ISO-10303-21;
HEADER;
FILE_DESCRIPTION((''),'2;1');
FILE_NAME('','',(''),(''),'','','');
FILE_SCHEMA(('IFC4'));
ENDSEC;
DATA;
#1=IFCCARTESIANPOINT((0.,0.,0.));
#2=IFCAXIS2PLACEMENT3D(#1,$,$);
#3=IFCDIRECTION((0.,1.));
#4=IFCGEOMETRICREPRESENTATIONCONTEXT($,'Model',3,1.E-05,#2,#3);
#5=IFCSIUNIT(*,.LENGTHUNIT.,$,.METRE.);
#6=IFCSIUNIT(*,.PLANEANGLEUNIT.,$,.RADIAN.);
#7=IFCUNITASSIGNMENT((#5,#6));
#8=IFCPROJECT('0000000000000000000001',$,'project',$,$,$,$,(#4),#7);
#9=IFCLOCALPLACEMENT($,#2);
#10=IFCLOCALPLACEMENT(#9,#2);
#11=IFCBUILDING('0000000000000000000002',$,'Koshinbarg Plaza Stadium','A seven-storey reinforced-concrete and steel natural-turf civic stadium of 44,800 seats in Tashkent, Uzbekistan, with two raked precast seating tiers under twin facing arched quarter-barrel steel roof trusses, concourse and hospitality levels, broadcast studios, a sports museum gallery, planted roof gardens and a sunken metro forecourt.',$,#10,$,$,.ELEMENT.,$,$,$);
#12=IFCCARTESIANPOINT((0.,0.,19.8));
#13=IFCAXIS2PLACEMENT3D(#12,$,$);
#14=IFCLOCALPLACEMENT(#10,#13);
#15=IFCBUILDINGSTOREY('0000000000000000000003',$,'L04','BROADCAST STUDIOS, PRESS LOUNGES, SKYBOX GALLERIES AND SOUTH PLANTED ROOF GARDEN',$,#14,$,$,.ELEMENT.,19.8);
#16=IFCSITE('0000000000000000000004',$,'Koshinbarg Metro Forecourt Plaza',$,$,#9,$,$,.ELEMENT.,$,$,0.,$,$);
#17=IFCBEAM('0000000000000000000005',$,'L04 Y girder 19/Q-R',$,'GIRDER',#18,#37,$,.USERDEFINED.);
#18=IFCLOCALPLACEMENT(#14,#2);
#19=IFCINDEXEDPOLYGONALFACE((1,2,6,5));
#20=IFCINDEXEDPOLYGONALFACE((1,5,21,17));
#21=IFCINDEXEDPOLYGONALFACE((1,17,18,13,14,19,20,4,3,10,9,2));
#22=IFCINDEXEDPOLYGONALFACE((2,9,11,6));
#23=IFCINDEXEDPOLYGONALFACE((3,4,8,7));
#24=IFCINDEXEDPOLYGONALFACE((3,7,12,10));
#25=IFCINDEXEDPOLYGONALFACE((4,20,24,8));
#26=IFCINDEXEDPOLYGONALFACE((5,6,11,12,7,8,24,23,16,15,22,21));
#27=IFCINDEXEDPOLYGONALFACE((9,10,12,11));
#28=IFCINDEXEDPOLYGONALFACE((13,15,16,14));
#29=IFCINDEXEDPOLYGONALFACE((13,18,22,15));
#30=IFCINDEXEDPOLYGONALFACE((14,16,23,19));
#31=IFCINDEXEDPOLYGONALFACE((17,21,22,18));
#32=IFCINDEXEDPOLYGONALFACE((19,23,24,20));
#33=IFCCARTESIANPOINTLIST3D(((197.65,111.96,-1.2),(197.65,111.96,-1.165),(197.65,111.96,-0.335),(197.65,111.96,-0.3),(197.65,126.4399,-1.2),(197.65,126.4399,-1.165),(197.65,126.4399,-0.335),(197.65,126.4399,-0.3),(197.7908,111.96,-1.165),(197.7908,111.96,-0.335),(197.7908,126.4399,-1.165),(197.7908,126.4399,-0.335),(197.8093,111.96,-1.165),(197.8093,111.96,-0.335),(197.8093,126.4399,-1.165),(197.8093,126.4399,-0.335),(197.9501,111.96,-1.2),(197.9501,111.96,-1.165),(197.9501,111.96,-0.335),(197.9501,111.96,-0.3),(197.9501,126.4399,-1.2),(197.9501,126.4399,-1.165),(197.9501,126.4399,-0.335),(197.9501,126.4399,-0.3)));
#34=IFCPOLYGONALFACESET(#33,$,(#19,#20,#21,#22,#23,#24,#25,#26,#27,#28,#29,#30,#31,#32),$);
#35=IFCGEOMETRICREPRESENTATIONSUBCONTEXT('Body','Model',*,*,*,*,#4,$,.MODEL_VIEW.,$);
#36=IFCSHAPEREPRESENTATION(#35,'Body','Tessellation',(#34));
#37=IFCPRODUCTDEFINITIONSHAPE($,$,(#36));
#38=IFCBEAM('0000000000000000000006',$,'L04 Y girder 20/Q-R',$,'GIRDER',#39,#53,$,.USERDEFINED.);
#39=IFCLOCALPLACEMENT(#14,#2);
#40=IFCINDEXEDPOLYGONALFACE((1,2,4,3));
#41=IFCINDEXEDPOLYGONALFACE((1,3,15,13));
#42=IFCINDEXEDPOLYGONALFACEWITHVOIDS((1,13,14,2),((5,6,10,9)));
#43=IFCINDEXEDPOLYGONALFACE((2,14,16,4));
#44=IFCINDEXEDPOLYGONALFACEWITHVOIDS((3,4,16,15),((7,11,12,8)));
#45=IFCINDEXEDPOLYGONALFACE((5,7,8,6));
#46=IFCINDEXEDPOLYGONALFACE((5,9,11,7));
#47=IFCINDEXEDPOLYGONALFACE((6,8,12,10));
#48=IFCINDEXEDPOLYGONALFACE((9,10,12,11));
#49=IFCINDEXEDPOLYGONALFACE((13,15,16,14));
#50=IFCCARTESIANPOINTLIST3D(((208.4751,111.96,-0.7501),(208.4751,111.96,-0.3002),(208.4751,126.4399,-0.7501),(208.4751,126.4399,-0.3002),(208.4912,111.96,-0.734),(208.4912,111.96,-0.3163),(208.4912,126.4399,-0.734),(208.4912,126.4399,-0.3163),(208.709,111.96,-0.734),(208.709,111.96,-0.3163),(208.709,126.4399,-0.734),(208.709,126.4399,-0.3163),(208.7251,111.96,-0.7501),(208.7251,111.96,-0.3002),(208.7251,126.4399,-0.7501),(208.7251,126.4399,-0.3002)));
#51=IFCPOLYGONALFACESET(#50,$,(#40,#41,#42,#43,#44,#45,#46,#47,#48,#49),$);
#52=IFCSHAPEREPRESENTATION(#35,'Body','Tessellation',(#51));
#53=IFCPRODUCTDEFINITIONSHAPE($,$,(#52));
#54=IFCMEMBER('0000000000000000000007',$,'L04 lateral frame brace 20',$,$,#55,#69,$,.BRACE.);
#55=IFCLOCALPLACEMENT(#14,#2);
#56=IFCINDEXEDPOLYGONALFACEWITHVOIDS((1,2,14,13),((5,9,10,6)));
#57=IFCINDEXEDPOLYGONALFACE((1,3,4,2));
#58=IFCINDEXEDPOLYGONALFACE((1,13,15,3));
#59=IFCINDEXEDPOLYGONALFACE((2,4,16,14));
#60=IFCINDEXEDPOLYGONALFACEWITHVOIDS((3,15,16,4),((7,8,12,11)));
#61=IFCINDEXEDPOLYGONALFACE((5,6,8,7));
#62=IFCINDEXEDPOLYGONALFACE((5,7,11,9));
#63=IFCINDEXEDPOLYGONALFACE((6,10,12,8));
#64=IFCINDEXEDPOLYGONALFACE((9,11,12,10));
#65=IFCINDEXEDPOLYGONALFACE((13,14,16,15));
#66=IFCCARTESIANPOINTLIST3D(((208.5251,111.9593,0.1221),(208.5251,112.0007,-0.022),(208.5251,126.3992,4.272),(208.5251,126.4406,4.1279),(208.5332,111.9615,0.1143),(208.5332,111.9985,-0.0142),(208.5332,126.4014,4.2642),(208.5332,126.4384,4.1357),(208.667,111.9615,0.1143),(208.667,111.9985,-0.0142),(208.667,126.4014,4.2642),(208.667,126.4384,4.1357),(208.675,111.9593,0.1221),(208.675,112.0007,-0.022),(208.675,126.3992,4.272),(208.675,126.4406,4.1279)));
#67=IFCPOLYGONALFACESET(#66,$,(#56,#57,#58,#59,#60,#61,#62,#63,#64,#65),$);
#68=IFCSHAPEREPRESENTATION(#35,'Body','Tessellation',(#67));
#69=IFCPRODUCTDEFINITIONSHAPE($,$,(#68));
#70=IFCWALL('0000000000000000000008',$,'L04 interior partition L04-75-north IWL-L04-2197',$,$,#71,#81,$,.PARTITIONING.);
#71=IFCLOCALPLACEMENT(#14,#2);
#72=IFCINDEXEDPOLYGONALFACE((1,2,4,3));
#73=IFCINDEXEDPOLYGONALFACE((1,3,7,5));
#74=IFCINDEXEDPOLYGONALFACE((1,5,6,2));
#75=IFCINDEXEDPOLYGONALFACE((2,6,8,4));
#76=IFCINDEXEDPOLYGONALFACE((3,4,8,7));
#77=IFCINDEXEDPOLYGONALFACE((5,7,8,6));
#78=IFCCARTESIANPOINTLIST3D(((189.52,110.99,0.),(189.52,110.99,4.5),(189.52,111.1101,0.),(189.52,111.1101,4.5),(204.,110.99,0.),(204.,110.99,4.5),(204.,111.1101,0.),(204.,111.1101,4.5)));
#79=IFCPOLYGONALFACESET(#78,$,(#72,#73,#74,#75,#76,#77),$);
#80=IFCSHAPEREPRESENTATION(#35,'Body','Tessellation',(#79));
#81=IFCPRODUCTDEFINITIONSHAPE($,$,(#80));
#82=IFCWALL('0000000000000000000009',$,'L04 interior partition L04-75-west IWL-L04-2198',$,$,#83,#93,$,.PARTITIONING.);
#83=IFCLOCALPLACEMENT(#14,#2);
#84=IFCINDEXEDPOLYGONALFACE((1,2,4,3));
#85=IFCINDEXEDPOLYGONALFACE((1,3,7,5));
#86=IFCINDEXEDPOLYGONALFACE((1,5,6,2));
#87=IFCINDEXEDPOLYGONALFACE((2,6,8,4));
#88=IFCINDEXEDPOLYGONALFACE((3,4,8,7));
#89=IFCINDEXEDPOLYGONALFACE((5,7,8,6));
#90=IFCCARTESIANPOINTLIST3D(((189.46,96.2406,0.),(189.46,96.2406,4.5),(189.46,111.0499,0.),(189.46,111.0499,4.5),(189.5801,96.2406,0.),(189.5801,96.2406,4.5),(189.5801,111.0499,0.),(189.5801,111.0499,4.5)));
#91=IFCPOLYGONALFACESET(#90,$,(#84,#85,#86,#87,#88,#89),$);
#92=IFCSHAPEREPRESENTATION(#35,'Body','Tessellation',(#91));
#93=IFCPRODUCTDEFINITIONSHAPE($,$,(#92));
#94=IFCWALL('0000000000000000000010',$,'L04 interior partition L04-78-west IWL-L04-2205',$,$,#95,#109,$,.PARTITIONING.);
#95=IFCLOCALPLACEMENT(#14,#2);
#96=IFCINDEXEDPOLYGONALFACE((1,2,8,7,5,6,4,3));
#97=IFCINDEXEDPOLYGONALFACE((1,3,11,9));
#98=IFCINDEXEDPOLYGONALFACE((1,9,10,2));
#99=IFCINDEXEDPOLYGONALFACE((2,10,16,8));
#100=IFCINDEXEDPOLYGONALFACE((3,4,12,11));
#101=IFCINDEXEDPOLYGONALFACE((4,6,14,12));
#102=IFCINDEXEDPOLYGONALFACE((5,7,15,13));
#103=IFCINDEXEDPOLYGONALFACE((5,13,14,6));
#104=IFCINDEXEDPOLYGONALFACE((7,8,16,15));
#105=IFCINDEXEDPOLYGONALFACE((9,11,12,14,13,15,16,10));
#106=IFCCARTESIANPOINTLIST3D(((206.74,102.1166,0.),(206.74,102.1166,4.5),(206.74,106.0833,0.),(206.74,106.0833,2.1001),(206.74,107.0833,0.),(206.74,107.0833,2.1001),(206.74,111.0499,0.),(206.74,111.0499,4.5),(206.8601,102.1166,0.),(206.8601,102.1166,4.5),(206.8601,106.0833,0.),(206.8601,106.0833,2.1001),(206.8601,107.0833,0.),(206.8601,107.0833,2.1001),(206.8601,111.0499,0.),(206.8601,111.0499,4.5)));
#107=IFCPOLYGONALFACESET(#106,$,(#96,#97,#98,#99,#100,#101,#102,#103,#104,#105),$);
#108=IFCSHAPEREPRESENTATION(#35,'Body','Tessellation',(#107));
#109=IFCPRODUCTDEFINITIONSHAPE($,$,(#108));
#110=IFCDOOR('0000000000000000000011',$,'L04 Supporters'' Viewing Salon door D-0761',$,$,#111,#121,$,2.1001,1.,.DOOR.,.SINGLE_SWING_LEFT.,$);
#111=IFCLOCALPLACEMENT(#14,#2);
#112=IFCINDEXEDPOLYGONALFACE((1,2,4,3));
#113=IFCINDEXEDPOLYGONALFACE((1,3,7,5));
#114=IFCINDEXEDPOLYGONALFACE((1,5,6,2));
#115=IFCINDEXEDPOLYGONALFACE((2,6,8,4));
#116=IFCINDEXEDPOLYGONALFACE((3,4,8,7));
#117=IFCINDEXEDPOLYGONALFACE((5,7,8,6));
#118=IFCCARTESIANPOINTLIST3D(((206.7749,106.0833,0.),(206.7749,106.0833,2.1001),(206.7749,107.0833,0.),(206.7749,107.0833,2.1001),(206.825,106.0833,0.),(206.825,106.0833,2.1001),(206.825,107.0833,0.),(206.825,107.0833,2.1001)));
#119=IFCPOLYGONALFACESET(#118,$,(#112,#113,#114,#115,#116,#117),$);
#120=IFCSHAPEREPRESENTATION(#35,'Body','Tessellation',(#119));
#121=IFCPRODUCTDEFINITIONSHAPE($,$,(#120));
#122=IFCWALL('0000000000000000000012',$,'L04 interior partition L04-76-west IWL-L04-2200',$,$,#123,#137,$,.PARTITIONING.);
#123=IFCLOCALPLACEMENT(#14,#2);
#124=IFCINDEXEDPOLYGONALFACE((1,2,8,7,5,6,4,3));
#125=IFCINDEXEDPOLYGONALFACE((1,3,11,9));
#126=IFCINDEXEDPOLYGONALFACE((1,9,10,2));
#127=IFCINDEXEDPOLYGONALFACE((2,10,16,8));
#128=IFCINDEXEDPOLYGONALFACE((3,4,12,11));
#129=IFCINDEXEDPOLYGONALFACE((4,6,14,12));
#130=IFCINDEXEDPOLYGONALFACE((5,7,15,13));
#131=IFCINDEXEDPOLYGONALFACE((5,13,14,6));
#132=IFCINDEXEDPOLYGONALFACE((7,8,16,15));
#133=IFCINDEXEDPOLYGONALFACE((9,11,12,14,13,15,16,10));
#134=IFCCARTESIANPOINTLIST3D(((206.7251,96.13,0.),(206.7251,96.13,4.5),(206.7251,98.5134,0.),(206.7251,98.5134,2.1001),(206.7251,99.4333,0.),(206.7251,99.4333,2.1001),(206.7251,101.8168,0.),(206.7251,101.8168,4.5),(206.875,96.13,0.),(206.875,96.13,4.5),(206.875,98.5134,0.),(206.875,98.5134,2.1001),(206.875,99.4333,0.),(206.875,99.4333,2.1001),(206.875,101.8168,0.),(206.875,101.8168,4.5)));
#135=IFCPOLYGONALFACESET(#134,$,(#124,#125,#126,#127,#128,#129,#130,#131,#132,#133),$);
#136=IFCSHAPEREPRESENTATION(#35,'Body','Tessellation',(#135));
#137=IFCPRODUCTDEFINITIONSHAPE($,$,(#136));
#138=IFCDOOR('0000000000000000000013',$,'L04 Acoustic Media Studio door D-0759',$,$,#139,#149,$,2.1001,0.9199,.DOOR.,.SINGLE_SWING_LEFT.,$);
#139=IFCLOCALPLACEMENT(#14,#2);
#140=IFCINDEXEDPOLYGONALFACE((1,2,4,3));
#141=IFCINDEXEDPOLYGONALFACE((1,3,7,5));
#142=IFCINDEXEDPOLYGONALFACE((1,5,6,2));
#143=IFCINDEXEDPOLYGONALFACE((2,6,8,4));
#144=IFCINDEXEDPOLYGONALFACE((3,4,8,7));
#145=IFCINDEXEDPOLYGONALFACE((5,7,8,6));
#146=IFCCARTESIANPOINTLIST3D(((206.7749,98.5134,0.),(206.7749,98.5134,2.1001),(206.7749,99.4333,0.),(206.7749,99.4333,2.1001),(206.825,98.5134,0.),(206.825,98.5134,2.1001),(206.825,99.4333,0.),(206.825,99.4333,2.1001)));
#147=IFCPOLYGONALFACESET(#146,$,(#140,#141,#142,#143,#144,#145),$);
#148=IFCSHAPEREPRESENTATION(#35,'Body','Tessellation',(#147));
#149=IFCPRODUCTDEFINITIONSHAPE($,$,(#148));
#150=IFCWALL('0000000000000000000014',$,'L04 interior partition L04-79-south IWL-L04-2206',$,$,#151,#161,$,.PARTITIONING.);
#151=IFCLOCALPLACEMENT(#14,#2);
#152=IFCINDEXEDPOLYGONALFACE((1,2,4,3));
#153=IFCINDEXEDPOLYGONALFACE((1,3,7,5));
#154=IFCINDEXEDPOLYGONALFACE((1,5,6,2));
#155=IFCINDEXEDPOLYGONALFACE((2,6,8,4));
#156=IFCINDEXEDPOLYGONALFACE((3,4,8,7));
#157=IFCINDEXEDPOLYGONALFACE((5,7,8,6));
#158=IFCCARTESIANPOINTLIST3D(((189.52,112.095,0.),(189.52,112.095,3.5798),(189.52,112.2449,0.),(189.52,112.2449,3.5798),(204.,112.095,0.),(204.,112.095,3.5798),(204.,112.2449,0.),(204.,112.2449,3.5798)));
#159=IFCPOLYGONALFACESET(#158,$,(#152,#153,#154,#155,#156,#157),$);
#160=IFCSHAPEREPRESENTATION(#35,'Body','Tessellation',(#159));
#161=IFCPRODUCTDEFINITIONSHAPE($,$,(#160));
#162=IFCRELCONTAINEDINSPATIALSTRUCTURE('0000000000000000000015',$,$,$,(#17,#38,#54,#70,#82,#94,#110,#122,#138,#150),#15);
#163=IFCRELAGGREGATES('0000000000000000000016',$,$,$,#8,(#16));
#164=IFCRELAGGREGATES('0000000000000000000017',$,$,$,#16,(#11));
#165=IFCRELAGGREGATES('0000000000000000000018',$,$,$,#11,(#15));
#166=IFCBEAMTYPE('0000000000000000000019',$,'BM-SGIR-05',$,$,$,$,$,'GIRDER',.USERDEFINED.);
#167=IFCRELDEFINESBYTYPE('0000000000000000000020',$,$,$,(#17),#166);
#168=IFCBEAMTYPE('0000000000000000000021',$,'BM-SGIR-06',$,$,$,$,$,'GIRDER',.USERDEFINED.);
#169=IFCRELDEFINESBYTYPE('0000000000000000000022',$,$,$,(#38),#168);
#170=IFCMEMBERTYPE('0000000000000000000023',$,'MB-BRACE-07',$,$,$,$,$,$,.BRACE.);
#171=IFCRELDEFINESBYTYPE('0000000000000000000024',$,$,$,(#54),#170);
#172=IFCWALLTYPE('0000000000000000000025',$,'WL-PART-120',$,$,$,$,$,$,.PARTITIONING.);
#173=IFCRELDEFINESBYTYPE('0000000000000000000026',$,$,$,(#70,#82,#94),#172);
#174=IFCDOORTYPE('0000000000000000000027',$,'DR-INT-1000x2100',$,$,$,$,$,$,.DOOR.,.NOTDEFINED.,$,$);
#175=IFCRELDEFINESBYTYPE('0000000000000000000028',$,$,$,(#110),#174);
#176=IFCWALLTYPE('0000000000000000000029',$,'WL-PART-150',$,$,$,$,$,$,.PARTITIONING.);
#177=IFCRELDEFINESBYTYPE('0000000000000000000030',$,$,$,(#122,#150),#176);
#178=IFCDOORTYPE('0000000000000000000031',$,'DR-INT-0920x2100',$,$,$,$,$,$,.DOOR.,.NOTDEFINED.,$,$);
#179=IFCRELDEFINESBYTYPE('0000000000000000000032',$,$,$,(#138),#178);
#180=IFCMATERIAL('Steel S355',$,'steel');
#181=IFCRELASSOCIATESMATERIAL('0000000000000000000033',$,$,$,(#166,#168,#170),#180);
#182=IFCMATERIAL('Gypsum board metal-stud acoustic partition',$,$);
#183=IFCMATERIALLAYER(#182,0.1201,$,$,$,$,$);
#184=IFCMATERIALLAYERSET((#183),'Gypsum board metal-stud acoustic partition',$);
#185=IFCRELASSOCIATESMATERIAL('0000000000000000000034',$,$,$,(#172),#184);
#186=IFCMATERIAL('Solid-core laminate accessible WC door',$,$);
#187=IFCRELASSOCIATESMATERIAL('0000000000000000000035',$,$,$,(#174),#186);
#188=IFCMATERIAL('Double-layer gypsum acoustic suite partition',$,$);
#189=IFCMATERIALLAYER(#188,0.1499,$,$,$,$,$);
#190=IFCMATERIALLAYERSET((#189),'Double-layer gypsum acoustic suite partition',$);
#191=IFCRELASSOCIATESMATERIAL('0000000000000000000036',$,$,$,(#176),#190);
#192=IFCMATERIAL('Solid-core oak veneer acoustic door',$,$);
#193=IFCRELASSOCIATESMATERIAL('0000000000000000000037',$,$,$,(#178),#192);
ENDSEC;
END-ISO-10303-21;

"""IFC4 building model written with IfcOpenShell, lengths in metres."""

from ifc_helpers import new_model, si_unit, direction, frame, frame_2d, origin, origin_2d, place, context, subcontext, project, spatial, rectangle, hollow_rectangle, i_section, extrude, material, layer, layer_set, material_profile, profile_set, type_object, element, fill, save


model = new_model("IFC4")

# Units and contexts
model_context = context("Model", 3, precision=1e-05, world=origin(), true_north=direction((0.0, 1.0)))
body_context = subcontext(model_context, "Body", "Model", "MODEL_VIEW")
ifc_project = project(units=[si_unit("LENGTHUNIT", "METRE"), si_unit("PLANEANGLEUNIT", "RADIAN")], contexts=[model_context])

# Site, building, storey
site_placement = place(None, origin())
site = spatial("IfcSite", under=ifc_project, at=site_placement, Name="Koshinbarg Metro Forecourt Plaza", CompositionType="ELEMENT", RefElevation=0.0)
building_placement = place(site_placement, origin())
building = spatial("IfcBuilding", under=site, at=building_placement, Name="Koshinbarg Plaza Stadium", Description="A seven-storey reinforced-concrete and steel natural-turf civic stadium of 44,800 seats in Tashkent, Uzbekistan, with two raked precast seating tiers under twin facing arched quarter-barrel steel roof trusses, concourse and hospitality levels, broadcast studios, a sports museum gallery, planted roof gardens and a sunken metro forecourt.", CompositionType="ELEMENT")
storey_placement = place(building_placement, frame((0.0, 0.0, 19.8)))
storey = spatial("IfcBuildingStorey", under=building, at=storey_placement, Name="L04", Description="BROADCAST STUDIOS, PRESS LOUNGES, SKYBOX GALLERIES AND SOUTH PLANTED ROOF GARDEN", CompositionType="ELEMENT", Elevation=19.8)

# Shared definitions
ifc_material_1 = material(Name="Steel S355", Category="steel")

# Beams
ifc_material_profile_1 = material_profile(ifc_material_1, i_section(OverallWidth=0.3, OverallDepth=0.8999, WebThickness=0.0186, FlangeThickness=0.0349, at=origin_2d()), Name="HEB 900")
ifc_profile_set_1 = profile_set([ifc_material_profile_1], Name="Steel S355")
beam_type_1 = type_object("IfcBeamType", Name="BM-SGIR-05", ElementType="GIRDER", PredefinedType="USERDEFINED", material=ifc_profile_set_1)
beam_1_placement = place(storey_placement, frame((197.8, 111.96, -0.75), z_axis=(0.0, 1.0, 0.0), x_axis=(-1.0, 0.0, 0.0)))
element("IfcBeam", 1, at=beam_1_placement, inside=storey, type_object=beam_type_1, Name="L04 Y girder 19/Q-R", ObjectType="GIRDER", PredefinedType="USERDEFINED", context=body_context, shape_type="SweptSolid", body=[
    extrude(i_section(OverallWidth=0.3, OverallDepth=0.8999, WebThickness=0.0186, FlangeThickness=0.0349, at=origin_2d()), origin(), (0.0, 0.0, 1.0), 14.48),
])
ifc_material_profile_2 = material_profile(ifc_material_1, hollow_rectangle(XDim=0.25, YDim=0.45, WallThickness=0.0161, at=origin_2d()), Name="RHS 450x250x16")
ifc_profile_set_2 = profile_set([ifc_material_profile_2], Name="Steel S355")
beam_type_2 = type_object("IfcBeamType", Name="BM-SGIR-06", ElementType="GIRDER", PredefinedType="USERDEFINED", material=ifc_profile_set_2)
beam_2_placement = place(storey_placement, frame((208.6001, 111.96, -0.5251), z_axis=(0.0, 1.0, 0.0), x_axis=(-1.0, 0.0, 0.0)))
element("IfcBeam", 2, at=beam_2_placement, inside=storey, type_object=beam_type_2, Name="L04 Y girder 20/Q-R", ObjectType="GIRDER", PredefinedType="USERDEFINED", context=body_context, shape_type="SweptSolid", body=[
    extrude(hollow_rectangle(XDim=0.25, YDim=0.45, WallThickness=0.0161, at=origin_2d()), origin(), (0.0, 0.0, 1.0), 14.48),
])

# Member
ifc_material_profile_3 = material_profile(ifc_material_1, hollow_rectangle(XDim=0.1499, YDim=0.1499, WallThickness=0.0081, at=origin_2d()), Name="SHS 150x150x8")
ifc_profile_set_3 = profile_set([ifc_material_profile_3], Name="Steel S355")
member_type = type_object("IfcMemberType", Name="MB-BRACE-07", PredefinedType="BRACE", material=ifc_profile_set_3)
member_placement = place(storey_placement, frame((208.6001, 111.98, 0.05), z_axis=(0.0, 0.961097, 0.27621), x_axis=(-1.0, 0.0, 0.0)))
element("IfcMember", 3, at=member_placement, inside=storey, type_object=member_type, Name="L04 lateral frame brace 20", PredefinedType="BRACE", context=body_context, shape_type="SweptSolid", body=[
    extrude(hollow_rectangle(XDim=0.1499, YDim=0.1499, WallThickness=0.0081, at=origin_2d()), origin(), (0.0, 0.0, 1.0), 15.0244),
])

# Walls
ifc_material_2 = material(Name="Gypsum board metal-stud acoustic partition")
ifc_layer_1 = layer(ifc_material_2, 0.1201)
ifc_layer_set_1 = layer_set([ifc_layer_1], Name="Gypsum board metal-stud acoustic partition")
wall_type_1 = type_object("IfcWallType", Name="WL-PART-120", PredefinedType="PARTITIONING", material=ifc_layer_set_1)
wall_1_placement = place(storey_placement, frame((204.0, 111.05, 0.0), z_axis=(0.0, 0.0, 1.0), x_axis=(-1.0, 0.0, 0.0)))
element("IfcWall", 4, at=wall_1_placement, inside=storey, type_object=wall_type_1, Name="L04 interior partition L04-75-north IWL-L04-2197", PredefinedType="PARTITIONING", context=body_context, shape_type="SweptSolid", body=[
    extrude(rectangle(XDim=14.48, YDim=0.1201, at=frame_2d((7.24, 0.0))), origin(), (0.0, 0.0, 1.0), 4.5),
])
wall_2_placement = place(storey_placement, frame((189.52, 111.05, 0.0), z_axis=(0.0, 0.0, 1.0), x_axis=(0.0, -1.0, 0.0)))
element("IfcWall", 5, at=wall_2_placement, inside=storey, type_object=wall_type_1, Name="L04 interior partition L04-75-west IWL-L04-2198", PredefinedType="PARTITIONING", context=body_context, shape_type="SweptSolid", body=[
    extrude(rectangle(XDim=14.8093, YDim=0.1201, at=frame_2d((7.4048, 0.0))), origin(), (0.0, 0.0, 1.0), 4.5),
])

# Walls, openings, doors
wall_3_placement = place(storey_placement, frame((206.8, 111.05, 0.0), z_axis=(0.0, 0.0, 1.0), x_axis=(0.0, -1.0, 0.0)))
wall_3 = element("IfcWall", 6, at=wall_3_placement, inside=storey, type_object=wall_type_1, Name="L04 interior partition L04-78-west IWL-L04-2205", PredefinedType="PARTITIONING", context=body_context, shape_type="SweptSolid", body=[
    extrude(rectangle(XDim=8.9333, YDim=0.1201, at=frame_2d((4.4668, 0.0))), origin(), (0.0, 0.0, 1.0), 4.5),
])
opening_1_placement = place(wall_3_placement, frame((3.9668, 0.0, 0.0)))
opening_1 = element("IfcOpeningElement", 7, at=opening_1_placement, cuts=wall_3, PredefinedType="OPENING", context=body_context, shape_type="SweptSolid", body=[
    extrude(rectangle(XDim=1.0, YDim=2.1001, at=frame_2d((0.5, 1.05))), frame((0.0, 0.0701, 0.0), z_axis=(0.0, -1.0, 0.0), x_axis=(1.0, 0.0, 0.0)), (0.0, 0.0, 1.0), 0.1401),
])
ifc_material_3 = material(Name="Solid-core laminate accessible WC door")
door_type_1 = type_object("IfcDoorType", Name="DR-INT-1000x2100", OperationType="NOTDEFINED", PredefinedType="DOOR", material=ifc_material_3)
door_1_placement = place(opening_1_placement, origin())
door_1 = element("IfcDoor", 8, at=door_1_placement, inside=storey, type_object=door_type_1, Name="L04 Supporters' Viewing Salon door D-0761", OperationType="SINGLE_SWING_LEFT", OverallHeight=2.1001, OverallWidth=1.0, PredefinedType="DOOR", context=body_context, shape_type="SweptSolid", body=[
    extrude(rectangle(XDim=1.0, YDim=2.1001, at=frame_2d((0.5, 1.05))), frame((0.0, 0.0249, 0.0), z_axis=(0.0, -1.0, 0.0), x_axis=(1.0, 0.0, 0.0)), (0.0, 0.0, 1.0), 0.05),
])
fill(opening_1, door_1)
ifc_material_4 = material(Name="Double-layer gypsum acoustic suite partition")
ifc_layer_2 = layer(ifc_material_4, 0.1499)
ifc_layer_set_2 = layer_set([ifc_layer_2], Name="Double-layer gypsum acoustic suite partition")
wall_type_2 = type_object("IfcWallType", Name="WL-PART-150", PredefinedType="PARTITIONING", material=ifc_layer_set_2)
wall_4_placement = place(storey_placement, frame((206.8, 101.8167, 0.0), z_axis=(0.0, 0.0, 1.0), x_axis=(0.0, -1.0, 0.0)))
wall_4 = element("IfcWall", 9, at=wall_4_placement, inside=storey, type_object=wall_type_2, Name="L04 interior partition L04-76-west IWL-L04-2200", PredefinedType="PARTITIONING", context=body_context, shape_type="SweptSolid", body=[
    extrude(rectangle(XDim=5.6868, YDim=0.1499, at=frame_2d((2.8433, 0.0))), origin(), (0.0, 0.0, 1.0), 4.5),
])
opening_2_placement = place(wall_4_placement, frame((2.3833, 0.0, 0.0)))
opening_2 = element("IfcOpeningElement", 10, at=opening_2_placement, cuts=wall_4, PredefinedType="OPENING", context=body_context, shape_type="SweptSolid", body=[
    extrude(rectangle(XDim=0.9199, YDim=2.1001, at=frame_2d((0.46, 1.05))), frame((0.0, 0.085, 0.0), z_axis=(0.0, -1.0, 0.0), x_axis=(1.0, 0.0, 0.0)), (0.0, 0.0, 1.0), 0.1699),
])
ifc_material_5 = material(Name="Solid-core oak veneer acoustic door")
door_type_2 = type_object("IfcDoorType", Name="DR-INT-0920x2100", OperationType="NOTDEFINED", PredefinedType="DOOR", material=ifc_material_5)
door_2_placement = place(opening_2_placement, origin())
door_2 = element("IfcDoor", 11, at=door_2_placement, inside=storey, type_object=door_type_2, Name="L04 Acoustic Media Studio door D-0759", OperationType="SINGLE_SWING_LEFT", OverallHeight=2.1001, OverallWidth=0.9199, PredefinedType="DOOR", context=body_context, shape_type="SweptSolid", body=[
    extrude(rectangle(XDim=0.9199, YDim=2.1001, at=frame_2d((0.46, 1.05))), frame((0.0, 0.0249, 0.0), z_axis=(0.0, -1.0, 0.0), x_axis=(1.0, 0.0, 0.0)), (0.0, 0.0, 1.0), 0.05),
])
fill(opening_2, door_2)

# Wall
wall_5_placement = place(storey_placement, frame((189.52, 112.1699, 0.0), z_axis=(0.0, 0.0, 1.0), x_axis=(1.0, 0.0, 0.0)))
element("IfcWall", 12, at=wall_5_placement, inside=storey, type_object=wall_type_2, Name="L04 interior partition L04-79-south IWL-L04-2206", PredefinedType="PARTITIONING", context=body_context, shape_type="SweptSolid", body=[
    extrude(rectangle(XDim=14.48, YDim=0.1499, at=frame_2d((7.24, 0.0))), origin(), (0.0, 0.0, 1.0), 3.5798),
])

save(model, "model.ifc")
